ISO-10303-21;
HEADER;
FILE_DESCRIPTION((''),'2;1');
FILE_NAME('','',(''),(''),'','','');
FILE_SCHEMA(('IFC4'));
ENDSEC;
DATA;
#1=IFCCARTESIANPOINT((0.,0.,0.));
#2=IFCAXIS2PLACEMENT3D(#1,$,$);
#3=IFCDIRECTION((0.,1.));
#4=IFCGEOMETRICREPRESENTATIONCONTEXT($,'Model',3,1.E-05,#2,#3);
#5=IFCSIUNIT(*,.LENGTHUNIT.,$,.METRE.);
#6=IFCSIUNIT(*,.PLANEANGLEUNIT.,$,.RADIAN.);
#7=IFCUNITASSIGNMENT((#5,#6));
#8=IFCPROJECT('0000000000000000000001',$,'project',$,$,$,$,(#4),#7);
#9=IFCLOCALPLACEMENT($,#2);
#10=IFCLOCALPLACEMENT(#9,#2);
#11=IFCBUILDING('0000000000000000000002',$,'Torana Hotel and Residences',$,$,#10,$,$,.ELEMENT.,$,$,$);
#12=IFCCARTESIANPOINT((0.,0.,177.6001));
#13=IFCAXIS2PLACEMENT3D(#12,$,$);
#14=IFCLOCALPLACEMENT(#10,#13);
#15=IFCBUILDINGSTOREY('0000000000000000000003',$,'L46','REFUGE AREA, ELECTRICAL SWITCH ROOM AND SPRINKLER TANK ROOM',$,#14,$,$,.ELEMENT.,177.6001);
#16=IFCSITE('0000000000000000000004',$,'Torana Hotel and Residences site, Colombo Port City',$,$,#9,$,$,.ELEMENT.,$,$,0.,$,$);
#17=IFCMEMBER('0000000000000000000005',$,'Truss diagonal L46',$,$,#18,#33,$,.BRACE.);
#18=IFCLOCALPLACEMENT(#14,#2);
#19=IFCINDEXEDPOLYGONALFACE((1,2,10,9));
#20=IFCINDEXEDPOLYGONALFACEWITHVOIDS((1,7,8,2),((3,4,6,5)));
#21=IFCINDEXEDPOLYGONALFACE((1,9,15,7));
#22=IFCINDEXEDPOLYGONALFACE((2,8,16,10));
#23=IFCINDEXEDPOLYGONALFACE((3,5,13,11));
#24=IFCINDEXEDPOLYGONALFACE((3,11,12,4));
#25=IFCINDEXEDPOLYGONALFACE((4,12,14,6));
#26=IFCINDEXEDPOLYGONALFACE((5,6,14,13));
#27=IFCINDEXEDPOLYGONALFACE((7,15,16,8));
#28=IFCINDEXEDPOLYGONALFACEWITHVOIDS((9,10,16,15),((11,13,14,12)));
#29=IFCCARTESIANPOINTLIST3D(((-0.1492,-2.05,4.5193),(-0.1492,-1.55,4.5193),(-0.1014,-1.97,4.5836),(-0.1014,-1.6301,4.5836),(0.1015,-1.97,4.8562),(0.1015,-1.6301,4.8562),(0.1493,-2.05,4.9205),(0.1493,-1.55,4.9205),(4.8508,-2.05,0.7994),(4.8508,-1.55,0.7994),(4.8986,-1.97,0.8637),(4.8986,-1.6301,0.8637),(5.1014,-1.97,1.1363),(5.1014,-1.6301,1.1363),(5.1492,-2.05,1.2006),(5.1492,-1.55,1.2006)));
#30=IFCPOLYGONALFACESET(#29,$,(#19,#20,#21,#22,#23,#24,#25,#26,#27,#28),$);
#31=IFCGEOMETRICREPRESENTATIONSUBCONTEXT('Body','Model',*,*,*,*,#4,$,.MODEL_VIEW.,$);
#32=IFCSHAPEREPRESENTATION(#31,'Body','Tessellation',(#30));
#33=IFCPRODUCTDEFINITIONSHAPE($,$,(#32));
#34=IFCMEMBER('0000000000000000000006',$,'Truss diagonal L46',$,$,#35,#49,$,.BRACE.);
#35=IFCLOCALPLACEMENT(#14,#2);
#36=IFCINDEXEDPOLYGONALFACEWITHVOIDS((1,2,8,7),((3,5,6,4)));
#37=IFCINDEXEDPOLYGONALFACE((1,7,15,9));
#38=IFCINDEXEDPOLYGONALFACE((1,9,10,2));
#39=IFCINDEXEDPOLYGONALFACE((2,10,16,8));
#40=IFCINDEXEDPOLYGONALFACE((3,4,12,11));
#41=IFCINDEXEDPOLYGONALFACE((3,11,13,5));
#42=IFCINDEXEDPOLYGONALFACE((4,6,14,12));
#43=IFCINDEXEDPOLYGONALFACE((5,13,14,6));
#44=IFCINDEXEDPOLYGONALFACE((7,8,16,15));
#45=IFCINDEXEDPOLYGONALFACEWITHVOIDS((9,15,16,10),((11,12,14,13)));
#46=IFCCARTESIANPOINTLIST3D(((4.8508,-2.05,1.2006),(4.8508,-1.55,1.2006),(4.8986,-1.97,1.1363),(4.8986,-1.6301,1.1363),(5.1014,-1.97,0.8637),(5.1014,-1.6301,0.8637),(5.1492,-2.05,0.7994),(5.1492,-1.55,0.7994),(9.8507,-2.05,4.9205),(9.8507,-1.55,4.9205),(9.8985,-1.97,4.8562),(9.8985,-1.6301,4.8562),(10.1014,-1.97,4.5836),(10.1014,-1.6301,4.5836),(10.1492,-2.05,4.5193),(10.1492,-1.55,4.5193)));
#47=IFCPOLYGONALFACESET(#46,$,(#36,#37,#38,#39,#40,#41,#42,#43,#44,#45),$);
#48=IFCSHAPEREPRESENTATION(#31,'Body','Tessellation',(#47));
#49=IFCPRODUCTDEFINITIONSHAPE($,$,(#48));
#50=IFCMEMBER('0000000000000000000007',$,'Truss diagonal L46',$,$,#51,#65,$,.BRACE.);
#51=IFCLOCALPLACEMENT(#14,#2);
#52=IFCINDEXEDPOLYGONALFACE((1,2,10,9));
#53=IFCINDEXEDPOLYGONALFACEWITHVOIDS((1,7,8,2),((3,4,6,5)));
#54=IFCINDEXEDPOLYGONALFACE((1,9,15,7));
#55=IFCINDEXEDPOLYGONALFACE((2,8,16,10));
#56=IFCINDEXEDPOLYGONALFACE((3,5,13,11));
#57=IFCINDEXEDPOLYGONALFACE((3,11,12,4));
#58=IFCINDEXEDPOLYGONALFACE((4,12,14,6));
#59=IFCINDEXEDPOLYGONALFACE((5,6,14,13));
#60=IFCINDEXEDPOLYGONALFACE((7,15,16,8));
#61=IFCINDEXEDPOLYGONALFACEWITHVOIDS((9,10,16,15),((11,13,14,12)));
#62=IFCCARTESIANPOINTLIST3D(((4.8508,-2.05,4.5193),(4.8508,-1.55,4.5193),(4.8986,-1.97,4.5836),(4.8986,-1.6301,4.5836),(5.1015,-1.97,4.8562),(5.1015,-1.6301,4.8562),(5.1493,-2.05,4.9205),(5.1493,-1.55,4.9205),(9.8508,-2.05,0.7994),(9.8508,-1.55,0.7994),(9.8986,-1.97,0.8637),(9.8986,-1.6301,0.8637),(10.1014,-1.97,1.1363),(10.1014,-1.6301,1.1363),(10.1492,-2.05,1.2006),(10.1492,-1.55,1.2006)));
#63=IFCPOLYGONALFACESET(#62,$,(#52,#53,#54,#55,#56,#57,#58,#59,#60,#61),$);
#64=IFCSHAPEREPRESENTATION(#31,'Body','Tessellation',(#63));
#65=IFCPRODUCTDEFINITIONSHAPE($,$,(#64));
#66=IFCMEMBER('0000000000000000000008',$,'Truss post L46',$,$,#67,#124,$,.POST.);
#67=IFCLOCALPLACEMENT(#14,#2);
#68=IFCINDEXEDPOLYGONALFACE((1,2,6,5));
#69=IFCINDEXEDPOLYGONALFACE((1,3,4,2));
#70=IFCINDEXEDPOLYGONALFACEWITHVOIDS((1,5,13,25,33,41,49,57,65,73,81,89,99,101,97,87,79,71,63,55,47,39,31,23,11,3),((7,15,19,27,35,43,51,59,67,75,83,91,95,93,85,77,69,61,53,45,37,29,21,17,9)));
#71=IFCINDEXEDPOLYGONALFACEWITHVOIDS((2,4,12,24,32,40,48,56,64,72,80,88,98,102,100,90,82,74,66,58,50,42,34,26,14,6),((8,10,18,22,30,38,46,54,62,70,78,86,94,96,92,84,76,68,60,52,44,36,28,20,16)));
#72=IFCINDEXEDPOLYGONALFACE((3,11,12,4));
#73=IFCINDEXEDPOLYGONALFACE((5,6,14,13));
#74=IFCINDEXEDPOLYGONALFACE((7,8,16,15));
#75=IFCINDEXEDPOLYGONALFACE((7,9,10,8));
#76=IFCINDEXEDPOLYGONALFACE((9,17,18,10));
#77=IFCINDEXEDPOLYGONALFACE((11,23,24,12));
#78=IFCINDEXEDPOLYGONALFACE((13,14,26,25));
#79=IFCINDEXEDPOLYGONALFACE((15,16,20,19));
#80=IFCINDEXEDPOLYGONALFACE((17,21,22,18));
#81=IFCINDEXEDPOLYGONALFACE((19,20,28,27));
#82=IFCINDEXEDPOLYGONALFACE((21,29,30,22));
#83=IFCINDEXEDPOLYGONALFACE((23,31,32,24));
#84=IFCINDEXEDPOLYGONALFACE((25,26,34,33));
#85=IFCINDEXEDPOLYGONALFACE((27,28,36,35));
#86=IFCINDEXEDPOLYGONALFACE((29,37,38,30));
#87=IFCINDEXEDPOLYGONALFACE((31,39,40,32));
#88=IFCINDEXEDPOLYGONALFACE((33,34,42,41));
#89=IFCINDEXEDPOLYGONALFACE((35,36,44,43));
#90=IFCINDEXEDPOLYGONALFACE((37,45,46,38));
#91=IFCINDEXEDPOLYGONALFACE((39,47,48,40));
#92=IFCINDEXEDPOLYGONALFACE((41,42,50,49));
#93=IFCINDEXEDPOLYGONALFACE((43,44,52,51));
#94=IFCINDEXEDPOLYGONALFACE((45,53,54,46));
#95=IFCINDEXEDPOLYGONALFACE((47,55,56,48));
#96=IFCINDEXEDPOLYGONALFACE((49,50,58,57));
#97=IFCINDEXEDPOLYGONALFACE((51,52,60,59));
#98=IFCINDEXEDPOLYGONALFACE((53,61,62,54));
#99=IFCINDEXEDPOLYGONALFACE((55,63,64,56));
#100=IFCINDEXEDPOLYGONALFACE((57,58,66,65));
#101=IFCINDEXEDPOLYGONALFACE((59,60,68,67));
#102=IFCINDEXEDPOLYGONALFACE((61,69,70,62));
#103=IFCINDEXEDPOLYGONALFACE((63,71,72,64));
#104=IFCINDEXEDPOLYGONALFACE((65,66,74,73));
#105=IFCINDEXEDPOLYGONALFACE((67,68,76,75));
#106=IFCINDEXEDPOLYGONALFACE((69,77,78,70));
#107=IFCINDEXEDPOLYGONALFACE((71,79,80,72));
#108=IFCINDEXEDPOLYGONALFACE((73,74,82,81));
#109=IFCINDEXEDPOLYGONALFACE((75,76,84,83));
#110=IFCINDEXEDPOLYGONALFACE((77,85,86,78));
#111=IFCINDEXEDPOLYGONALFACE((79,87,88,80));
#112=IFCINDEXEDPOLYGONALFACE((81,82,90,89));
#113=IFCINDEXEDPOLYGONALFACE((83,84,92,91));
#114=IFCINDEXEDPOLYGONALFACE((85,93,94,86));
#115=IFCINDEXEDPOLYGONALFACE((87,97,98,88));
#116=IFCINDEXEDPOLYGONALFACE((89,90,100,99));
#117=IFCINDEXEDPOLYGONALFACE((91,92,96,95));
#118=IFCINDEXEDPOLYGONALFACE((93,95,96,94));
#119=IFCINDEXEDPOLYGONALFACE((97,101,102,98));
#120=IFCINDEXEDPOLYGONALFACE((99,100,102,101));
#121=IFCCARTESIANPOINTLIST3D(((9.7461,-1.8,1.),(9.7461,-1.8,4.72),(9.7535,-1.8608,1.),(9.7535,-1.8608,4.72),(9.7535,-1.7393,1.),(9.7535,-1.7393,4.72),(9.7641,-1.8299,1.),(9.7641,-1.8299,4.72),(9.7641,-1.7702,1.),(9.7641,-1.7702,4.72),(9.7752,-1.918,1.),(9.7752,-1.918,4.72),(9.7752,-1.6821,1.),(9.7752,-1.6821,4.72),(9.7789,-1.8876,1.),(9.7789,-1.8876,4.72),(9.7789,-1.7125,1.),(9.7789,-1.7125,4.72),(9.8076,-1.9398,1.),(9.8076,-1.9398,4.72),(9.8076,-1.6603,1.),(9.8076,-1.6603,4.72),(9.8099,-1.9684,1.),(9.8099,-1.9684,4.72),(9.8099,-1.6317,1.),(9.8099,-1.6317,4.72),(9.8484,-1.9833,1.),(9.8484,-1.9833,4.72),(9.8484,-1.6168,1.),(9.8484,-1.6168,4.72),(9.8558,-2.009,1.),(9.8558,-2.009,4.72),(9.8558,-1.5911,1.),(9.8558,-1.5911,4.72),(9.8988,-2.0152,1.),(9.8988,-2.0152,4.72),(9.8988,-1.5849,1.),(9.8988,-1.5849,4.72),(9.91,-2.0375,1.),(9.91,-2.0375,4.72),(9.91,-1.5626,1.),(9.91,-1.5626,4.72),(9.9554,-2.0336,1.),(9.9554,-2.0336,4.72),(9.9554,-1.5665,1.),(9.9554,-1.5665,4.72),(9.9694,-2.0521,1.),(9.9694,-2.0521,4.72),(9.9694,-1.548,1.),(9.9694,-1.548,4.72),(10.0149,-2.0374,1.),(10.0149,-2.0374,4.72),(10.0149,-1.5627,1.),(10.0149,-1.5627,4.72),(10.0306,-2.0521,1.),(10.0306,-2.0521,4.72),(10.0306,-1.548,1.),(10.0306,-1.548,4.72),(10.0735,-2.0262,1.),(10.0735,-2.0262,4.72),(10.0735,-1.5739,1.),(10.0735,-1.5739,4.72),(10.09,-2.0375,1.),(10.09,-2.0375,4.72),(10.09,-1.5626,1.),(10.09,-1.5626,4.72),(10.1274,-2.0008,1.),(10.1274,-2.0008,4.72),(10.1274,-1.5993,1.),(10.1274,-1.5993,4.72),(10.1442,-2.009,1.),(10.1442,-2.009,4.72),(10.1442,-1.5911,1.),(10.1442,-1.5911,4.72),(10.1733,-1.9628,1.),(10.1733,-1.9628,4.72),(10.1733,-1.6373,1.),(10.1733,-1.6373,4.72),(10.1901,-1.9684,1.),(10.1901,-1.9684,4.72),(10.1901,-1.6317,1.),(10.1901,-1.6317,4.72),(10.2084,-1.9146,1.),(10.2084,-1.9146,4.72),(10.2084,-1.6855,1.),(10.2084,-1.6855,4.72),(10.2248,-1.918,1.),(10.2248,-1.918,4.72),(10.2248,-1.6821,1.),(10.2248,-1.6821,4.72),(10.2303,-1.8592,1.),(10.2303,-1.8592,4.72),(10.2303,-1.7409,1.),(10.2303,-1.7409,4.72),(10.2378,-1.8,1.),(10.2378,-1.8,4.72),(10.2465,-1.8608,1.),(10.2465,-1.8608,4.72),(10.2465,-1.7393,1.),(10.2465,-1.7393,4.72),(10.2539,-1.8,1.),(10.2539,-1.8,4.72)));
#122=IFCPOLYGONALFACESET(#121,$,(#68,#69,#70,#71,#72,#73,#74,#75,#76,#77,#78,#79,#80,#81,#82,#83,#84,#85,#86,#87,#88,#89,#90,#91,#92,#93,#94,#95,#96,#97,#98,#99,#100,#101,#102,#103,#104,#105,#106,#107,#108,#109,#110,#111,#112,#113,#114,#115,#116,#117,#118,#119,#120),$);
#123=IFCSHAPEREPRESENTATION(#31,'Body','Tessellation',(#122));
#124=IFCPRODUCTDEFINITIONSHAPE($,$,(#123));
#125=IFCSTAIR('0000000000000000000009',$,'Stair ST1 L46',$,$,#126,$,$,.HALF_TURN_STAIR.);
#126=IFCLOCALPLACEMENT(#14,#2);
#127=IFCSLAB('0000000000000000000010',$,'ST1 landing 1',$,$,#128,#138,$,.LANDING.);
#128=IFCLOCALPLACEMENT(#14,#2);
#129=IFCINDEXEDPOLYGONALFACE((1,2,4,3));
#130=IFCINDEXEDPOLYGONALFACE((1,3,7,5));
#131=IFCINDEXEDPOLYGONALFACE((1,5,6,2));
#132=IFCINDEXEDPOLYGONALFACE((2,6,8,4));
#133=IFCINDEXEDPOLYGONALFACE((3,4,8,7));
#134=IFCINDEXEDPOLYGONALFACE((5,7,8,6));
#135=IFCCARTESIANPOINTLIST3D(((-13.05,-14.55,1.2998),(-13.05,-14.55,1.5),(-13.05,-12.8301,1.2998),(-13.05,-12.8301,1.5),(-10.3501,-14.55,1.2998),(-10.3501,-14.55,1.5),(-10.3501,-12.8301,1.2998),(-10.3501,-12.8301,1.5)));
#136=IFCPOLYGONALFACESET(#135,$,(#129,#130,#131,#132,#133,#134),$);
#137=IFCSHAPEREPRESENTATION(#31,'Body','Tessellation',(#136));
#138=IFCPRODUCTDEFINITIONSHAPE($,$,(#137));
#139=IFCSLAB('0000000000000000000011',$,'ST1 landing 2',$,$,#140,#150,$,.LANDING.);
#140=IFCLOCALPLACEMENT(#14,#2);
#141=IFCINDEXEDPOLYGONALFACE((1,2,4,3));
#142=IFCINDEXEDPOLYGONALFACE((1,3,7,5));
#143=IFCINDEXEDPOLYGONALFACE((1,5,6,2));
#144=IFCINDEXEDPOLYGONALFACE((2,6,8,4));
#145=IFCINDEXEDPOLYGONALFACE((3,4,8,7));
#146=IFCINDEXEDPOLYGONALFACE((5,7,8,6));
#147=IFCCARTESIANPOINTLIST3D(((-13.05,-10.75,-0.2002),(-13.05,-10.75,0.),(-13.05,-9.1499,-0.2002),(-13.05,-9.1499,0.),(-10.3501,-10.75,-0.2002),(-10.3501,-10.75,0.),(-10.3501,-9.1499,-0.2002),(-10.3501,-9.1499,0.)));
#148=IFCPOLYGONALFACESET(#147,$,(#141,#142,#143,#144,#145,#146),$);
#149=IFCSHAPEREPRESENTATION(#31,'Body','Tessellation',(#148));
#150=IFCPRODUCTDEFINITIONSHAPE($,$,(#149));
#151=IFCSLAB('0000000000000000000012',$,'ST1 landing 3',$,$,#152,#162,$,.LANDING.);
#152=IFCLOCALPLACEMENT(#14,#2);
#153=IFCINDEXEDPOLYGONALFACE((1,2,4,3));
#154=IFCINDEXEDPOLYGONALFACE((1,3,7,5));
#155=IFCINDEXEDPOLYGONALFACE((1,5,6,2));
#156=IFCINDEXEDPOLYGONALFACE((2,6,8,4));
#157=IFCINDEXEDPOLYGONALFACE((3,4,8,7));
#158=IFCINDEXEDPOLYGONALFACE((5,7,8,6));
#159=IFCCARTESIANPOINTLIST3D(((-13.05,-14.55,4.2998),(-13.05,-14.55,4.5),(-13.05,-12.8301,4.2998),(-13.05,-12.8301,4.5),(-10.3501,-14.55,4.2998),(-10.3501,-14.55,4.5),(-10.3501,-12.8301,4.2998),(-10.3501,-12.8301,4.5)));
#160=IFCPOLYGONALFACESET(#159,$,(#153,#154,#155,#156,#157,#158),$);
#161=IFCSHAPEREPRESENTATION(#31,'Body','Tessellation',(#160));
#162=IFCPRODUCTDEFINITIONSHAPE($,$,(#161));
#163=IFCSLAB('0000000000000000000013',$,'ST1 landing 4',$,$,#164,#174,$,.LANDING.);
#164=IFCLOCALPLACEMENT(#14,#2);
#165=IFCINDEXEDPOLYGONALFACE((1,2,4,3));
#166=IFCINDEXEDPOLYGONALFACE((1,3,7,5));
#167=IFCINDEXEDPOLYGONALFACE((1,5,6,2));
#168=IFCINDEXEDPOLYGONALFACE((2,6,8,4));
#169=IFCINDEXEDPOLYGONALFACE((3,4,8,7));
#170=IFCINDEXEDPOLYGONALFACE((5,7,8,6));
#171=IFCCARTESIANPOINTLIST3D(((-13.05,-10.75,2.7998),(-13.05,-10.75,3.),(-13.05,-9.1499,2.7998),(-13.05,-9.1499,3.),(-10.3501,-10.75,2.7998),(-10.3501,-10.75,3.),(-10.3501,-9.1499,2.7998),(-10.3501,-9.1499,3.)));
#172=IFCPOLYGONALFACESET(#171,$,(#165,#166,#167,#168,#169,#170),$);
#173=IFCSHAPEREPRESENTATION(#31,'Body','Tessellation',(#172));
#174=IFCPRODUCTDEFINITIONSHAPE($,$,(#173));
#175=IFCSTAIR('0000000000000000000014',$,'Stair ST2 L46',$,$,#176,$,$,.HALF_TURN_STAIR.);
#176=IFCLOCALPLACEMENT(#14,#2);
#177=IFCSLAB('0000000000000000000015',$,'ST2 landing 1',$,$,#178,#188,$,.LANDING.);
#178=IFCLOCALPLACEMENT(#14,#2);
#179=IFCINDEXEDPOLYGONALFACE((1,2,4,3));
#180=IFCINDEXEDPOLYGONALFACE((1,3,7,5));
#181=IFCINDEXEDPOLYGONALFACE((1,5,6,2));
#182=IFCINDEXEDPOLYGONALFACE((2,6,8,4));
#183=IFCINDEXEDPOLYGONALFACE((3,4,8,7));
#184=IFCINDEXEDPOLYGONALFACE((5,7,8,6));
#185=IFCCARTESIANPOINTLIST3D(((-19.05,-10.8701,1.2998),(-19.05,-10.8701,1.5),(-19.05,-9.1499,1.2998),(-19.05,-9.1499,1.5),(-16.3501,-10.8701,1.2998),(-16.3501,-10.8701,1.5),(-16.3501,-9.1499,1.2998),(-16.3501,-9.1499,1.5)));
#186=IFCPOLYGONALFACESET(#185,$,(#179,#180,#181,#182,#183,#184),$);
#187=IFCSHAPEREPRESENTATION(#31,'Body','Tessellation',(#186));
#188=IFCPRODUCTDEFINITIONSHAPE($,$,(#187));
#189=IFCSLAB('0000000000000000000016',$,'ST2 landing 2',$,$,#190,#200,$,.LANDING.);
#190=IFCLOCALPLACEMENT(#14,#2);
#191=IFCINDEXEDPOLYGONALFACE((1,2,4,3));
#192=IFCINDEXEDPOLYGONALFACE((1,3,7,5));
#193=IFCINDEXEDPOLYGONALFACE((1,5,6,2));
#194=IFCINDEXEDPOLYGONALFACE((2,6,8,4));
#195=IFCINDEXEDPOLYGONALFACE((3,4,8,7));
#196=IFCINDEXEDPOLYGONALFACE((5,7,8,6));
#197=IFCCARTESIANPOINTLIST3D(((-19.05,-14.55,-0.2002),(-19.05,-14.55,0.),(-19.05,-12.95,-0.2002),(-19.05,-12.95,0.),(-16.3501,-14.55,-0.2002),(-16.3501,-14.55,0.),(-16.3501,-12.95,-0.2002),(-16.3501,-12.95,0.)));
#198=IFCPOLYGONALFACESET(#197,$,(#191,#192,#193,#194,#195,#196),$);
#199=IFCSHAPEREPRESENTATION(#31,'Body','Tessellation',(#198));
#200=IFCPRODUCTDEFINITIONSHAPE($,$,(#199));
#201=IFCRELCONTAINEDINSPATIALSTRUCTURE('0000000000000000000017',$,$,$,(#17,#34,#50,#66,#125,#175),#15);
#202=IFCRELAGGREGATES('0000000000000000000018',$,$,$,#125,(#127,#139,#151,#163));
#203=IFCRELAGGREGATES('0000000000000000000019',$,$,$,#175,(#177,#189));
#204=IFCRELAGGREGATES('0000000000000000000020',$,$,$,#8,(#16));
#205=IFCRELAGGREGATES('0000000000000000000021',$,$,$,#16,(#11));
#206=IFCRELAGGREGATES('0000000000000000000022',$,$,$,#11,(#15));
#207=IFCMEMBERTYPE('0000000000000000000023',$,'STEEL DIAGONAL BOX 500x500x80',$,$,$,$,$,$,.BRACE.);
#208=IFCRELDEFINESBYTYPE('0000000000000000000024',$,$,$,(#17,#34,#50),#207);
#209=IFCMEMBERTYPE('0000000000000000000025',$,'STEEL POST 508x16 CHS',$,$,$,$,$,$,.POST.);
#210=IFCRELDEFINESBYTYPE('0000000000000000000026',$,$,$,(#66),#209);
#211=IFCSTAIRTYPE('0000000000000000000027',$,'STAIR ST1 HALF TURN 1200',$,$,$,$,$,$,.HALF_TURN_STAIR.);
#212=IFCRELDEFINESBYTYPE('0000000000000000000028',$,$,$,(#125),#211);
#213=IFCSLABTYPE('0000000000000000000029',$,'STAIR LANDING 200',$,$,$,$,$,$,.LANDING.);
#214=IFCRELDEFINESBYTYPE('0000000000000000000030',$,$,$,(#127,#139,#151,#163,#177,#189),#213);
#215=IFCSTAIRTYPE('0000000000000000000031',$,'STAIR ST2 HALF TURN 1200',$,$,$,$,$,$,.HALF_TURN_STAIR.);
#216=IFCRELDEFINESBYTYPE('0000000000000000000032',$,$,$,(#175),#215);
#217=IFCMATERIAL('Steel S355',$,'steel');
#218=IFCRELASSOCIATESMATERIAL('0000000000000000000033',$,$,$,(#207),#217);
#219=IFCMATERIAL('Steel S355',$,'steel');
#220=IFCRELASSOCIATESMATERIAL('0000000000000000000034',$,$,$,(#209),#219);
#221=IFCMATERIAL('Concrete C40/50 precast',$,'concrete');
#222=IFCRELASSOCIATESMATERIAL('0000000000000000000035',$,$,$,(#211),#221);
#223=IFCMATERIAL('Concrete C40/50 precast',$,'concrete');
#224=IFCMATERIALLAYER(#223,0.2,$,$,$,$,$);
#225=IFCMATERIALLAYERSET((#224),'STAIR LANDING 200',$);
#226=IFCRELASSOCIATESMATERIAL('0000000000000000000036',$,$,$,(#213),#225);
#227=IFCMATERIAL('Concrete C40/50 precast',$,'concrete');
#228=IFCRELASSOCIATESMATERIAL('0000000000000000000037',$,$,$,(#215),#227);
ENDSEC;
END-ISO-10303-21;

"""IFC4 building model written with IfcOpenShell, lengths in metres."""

from ifc_helpers import new_model, si_unit, direction, frame, origin, origin_2d, place, context, subcontext, project, spatial, polyline, hollow_rectangle, hollow_circle, outline, extrude, material, layer, layer_set, material_profile, profile_set, type_object, element, aggregate, save


model = new_model("IFC4")

# Units and contexts
model_context = context("Model", 3, precision=1e-05, world=origin(), true_north=direction((0.0, 1.0)))
body_context = subcontext(model_context, "Body", "Model", "MODEL_VIEW")
ifc_project = project(units=[si_unit("LENGTHUNIT", "METRE"), si_unit("PLANEANGLEUNIT", "RADIAN")], contexts=[model_context])

# Site, building, storey
site_placement = place(None, origin())
site = spatial("IfcSite", under=ifc_project, at=site_placement, Name="Torana Hotel and Residences site, Colombo Port City", CompositionType="ELEMENT", RefElevation=0.0)
building_placement = place(site_placement, origin())
building = spatial("IfcBuilding", under=site, at=building_placement, Name="Torana Hotel and Residences", CompositionType="ELEMENT")
storey_placement = place(building_placement, frame((0.0, 0.0, 177.6001)))
storey = spatial("IfcBuildingStorey", under=building, at=storey_placement, Name="L46", Description="REFUGE AREA, ELECTRICAL SWITCH ROOM AND SPRINKLER TANK ROOM", CompositionType="ELEMENT", Elevation=177.6001)

# Members
ifc_material_1 = material(Name="Steel S355", Category="steel")
ifc_material_profile_1 = material_profile(ifc_material_1, hollow_rectangle(XDim=0.5, YDim=0.5, WallThickness=0.0801, at=origin_2d()), Name="BOX 500x500x80")
ifc_profile_set_1 = profile_set([ifc_material_profile_1], Name="Steel S355")
member_type_1 = type_object("IfcMemberType", Name="STEEL DIAGONAL BOX 500x500x80", PredefinedType="BRACE", material=ifc_profile_set_1)
for number, where, z_axis, x_axis, name in (
    (1, (5.0, -1.8, 1.0), (-0.802307, 0.0, 0.596912), (0.0, -1.0, 0.0), "Truss diagonal L46"),
    (2, (5.0, -1.8, 1.0), (0.802307, 0.0, 0.596912), (0.0, 1.0, 0.0), "Truss diagonal L46"),
    (3, (10.0, -1.8, 1.0), (-0.802307, 0.0, 0.596912), (0.0, -1.0, 0.0), "Truss diagonal L46"),
):
    element("IfcMember", number, at=place(storey_placement, frame(where, z_axis=z_axis, x_axis=x_axis)), inside=storey, type_object=member_type_1, Name=name, PredefinedType="BRACE", context=body_context, shape_type="SweptSolid", body=[
        extrude(hollow_rectangle(XDim=0.5, YDim=0.5, WallThickness=0.0801, at=origin_2d()), origin(), (0.0, 0.0, 1.0), 6.2319),
    ])
ifc_material_2 = material(Name="Steel S355", Category="steel")
ifc_material_profile_2 = material_profile(ifc_material_2, hollow_circle(Radius=0.2539, WallThickness=0.0161, at=origin_2d()), Name="508x16 CHS")
ifc_profile_set_2 = profile_set([ifc_material_profile_2], Name="Steel S355")
member_type_2 = type_object("IfcMemberType", Name="STEEL POST 508x16 CHS", PredefinedType="POST", material=ifc_profile_set_2)
member_placement = place(storey_placement, frame((10.0, -1.8, 1.0), z_axis=(0.0, 0.0, 1.0), x_axis=(1.0, 0.0, 0.0)))
element("IfcMember", 4, at=member_placement, inside=storey, type_object=member_type_2, Name="Truss post L46", PredefinedType="POST", context=body_context, shape_type="SweptSolid", body=[
    extrude(hollow_circle(Radius=0.2539, WallThickness=0.0161, at=origin_2d()), origin(), (0.0, 0.0, 1.0), 3.72),
])

# Stairs, slabs
ifc_material_3 = material(Name="Concrete C40/50 precast", Category="concrete")
stair_type_1 = type_object("IfcStairType", Name="STAIR ST1 HALF TURN 1200", PredefinedType="HALF_TURN_STAIR", material=ifc_material_3)
stair_1_placement = place(storey_placement, origin())
stair_1 = element("IfcStair", 5, at=stair_1_placement, inside=storey, type_object=stair_type_1, Name="Stair ST1 L46", PredefinedType="HALF_TURN_STAIR")
ifc_material_4 = material(Name="Concrete C40/50 precast", Category="concrete")
ifc_layer_1 = layer(ifc_material_4, 0.2)
ifc_layer_set_1 = layer_set([ifc_layer_1], Name="STAIR LANDING 200")
slab_type_1 = type_object("IfcSlabType", Name="STAIR LANDING 200", PredefinedType="LANDING", material=ifc_layer_set_1)
slab_1_placement = place(storey_placement, frame((0.0, 0.0, 1.2998)))
slab_1 = element("IfcSlab", 6, at=slab_1_placement, type_object=slab_type_1, Name="ST1 landing 1", PredefinedType="LANDING", context=body_context, shape_type="SweptSolid", body=[
    extrude(outline(polyline([(-13.05, -14.55), (-10.3501, -14.55), (-10.3501, -12.8301), (-13.05, -12.8301), (-13.05, -14.55)])), origin(), (0.0, 0.0, 1.0), 0.2002),
])
slab_2_placement = place(storey_placement, frame((0.0, 0.0, -0.2002)))
slab_2 = element("IfcSlab", 7, at=slab_2_placement, type_object=slab_type_1, Name="ST1 landing 2", PredefinedType="LANDING", context=body_context, shape_type="SweptSolid", body=[
    extrude(outline(polyline([(-13.05, -10.75), (-10.3501, -10.75), (-10.3501, -9.1499), (-13.05, -9.1499), (-13.05, -10.75)])), origin(), (0.0, 0.0, 1.0), 0.2002),
])
slab_3_placement = place(storey_placement, frame((0.0, 0.0, 4.2998)))
slab_3 = element("IfcSlab", 8, at=slab_3_placement, type_object=slab_type_1, Name="ST1 landing 3", PredefinedType="LANDING", context=body_context, shape_type="SweptSolid", body=[
    extrude(outline(polyline([(-13.05, -14.55), (-10.3501, -14.55), (-10.3501, -12.8301), (-13.05, -12.8301), (-13.05, -14.55)])), origin(), (0.0, 0.0, 1.0), 0.2002),
])
slab_4_placement = place(storey_placement, frame((0.0, 0.0, 2.7998)))
slab_4 = element("IfcSlab", 9, at=slab_4_placement, type_object=slab_type_1, Name="ST1 landing 4", PredefinedType="LANDING", context=body_context, shape_type="SweptSolid", body=[
    extrude(outline(polyline([(-13.05, -10.75), (-10.3501, -10.75), (-10.3501, -9.1499), (-13.05, -9.1499), (-13.05, -10.75)])), origin(), (0.0, 0.0, 1.0), 0.2002),
])
aggregate(stair_1, [slab_1, slab_2, slab_3, slab_4])
ifc_material_5 = material(Name="Concrete C40/50 precast", Category="concrete")
stair_type_2 = type_object("IfcStairType", Name="STAIR ST2 HALF TURN 1200", PredefinedType="HALF_TURN_STAIR", material=ifc_material_5)
stair_2_placement = place(storey_placement, origin())
stair_2 = element("IfcStair", 10, at=stair_2_placement, inside=storey, type_object=stair_type_2, Name="Stair ST2 L46", PredefinedType="HALF_TURN_STAIR")
slab_5_placement = place(storey_placement, frame((0.0, 0.0, 1.2998)))
slab_5 = element("IfcSlab", 11, at=slab_5_placement, type_object=slab_type_1, Name="ST2 landing 1", PredefinedType="LANDING", context=body_context, shape_type="SweptSolid", body=[
    extrude(outline(polyline([(-19.05, -10.8701), (-16.3501, -10.8701), (-16.3501, -9.1499), (-19.05, -9.1499), (-19.05, -10.8701)])), origin(), (0.0, 0.0, 1.0), 0.2002),
])
slab_6_placement = place(storey_placement, frame((0.0, 0.0, -0.2002)))
slab_6 = element("IfcSlab", 12, at=slab_6_placement, type_object=slab_type_1, Name="ST2 landing 2", PredefinedType="LANDING", context=body_context, shape_type="SweptSolid", body=[
    extrude(outline(polyline([(-19.05, -14.55), (-16.3501, -14.55), (-16.3501, -12.95), (-19.05, -12.95), (-19.05, -14.55)])), origin(), (0.0, 0.0, 1.0), 0.2002),
])
aggregate(stair_2, [slab_5, slab_6])

save(model, "model.ifc")
